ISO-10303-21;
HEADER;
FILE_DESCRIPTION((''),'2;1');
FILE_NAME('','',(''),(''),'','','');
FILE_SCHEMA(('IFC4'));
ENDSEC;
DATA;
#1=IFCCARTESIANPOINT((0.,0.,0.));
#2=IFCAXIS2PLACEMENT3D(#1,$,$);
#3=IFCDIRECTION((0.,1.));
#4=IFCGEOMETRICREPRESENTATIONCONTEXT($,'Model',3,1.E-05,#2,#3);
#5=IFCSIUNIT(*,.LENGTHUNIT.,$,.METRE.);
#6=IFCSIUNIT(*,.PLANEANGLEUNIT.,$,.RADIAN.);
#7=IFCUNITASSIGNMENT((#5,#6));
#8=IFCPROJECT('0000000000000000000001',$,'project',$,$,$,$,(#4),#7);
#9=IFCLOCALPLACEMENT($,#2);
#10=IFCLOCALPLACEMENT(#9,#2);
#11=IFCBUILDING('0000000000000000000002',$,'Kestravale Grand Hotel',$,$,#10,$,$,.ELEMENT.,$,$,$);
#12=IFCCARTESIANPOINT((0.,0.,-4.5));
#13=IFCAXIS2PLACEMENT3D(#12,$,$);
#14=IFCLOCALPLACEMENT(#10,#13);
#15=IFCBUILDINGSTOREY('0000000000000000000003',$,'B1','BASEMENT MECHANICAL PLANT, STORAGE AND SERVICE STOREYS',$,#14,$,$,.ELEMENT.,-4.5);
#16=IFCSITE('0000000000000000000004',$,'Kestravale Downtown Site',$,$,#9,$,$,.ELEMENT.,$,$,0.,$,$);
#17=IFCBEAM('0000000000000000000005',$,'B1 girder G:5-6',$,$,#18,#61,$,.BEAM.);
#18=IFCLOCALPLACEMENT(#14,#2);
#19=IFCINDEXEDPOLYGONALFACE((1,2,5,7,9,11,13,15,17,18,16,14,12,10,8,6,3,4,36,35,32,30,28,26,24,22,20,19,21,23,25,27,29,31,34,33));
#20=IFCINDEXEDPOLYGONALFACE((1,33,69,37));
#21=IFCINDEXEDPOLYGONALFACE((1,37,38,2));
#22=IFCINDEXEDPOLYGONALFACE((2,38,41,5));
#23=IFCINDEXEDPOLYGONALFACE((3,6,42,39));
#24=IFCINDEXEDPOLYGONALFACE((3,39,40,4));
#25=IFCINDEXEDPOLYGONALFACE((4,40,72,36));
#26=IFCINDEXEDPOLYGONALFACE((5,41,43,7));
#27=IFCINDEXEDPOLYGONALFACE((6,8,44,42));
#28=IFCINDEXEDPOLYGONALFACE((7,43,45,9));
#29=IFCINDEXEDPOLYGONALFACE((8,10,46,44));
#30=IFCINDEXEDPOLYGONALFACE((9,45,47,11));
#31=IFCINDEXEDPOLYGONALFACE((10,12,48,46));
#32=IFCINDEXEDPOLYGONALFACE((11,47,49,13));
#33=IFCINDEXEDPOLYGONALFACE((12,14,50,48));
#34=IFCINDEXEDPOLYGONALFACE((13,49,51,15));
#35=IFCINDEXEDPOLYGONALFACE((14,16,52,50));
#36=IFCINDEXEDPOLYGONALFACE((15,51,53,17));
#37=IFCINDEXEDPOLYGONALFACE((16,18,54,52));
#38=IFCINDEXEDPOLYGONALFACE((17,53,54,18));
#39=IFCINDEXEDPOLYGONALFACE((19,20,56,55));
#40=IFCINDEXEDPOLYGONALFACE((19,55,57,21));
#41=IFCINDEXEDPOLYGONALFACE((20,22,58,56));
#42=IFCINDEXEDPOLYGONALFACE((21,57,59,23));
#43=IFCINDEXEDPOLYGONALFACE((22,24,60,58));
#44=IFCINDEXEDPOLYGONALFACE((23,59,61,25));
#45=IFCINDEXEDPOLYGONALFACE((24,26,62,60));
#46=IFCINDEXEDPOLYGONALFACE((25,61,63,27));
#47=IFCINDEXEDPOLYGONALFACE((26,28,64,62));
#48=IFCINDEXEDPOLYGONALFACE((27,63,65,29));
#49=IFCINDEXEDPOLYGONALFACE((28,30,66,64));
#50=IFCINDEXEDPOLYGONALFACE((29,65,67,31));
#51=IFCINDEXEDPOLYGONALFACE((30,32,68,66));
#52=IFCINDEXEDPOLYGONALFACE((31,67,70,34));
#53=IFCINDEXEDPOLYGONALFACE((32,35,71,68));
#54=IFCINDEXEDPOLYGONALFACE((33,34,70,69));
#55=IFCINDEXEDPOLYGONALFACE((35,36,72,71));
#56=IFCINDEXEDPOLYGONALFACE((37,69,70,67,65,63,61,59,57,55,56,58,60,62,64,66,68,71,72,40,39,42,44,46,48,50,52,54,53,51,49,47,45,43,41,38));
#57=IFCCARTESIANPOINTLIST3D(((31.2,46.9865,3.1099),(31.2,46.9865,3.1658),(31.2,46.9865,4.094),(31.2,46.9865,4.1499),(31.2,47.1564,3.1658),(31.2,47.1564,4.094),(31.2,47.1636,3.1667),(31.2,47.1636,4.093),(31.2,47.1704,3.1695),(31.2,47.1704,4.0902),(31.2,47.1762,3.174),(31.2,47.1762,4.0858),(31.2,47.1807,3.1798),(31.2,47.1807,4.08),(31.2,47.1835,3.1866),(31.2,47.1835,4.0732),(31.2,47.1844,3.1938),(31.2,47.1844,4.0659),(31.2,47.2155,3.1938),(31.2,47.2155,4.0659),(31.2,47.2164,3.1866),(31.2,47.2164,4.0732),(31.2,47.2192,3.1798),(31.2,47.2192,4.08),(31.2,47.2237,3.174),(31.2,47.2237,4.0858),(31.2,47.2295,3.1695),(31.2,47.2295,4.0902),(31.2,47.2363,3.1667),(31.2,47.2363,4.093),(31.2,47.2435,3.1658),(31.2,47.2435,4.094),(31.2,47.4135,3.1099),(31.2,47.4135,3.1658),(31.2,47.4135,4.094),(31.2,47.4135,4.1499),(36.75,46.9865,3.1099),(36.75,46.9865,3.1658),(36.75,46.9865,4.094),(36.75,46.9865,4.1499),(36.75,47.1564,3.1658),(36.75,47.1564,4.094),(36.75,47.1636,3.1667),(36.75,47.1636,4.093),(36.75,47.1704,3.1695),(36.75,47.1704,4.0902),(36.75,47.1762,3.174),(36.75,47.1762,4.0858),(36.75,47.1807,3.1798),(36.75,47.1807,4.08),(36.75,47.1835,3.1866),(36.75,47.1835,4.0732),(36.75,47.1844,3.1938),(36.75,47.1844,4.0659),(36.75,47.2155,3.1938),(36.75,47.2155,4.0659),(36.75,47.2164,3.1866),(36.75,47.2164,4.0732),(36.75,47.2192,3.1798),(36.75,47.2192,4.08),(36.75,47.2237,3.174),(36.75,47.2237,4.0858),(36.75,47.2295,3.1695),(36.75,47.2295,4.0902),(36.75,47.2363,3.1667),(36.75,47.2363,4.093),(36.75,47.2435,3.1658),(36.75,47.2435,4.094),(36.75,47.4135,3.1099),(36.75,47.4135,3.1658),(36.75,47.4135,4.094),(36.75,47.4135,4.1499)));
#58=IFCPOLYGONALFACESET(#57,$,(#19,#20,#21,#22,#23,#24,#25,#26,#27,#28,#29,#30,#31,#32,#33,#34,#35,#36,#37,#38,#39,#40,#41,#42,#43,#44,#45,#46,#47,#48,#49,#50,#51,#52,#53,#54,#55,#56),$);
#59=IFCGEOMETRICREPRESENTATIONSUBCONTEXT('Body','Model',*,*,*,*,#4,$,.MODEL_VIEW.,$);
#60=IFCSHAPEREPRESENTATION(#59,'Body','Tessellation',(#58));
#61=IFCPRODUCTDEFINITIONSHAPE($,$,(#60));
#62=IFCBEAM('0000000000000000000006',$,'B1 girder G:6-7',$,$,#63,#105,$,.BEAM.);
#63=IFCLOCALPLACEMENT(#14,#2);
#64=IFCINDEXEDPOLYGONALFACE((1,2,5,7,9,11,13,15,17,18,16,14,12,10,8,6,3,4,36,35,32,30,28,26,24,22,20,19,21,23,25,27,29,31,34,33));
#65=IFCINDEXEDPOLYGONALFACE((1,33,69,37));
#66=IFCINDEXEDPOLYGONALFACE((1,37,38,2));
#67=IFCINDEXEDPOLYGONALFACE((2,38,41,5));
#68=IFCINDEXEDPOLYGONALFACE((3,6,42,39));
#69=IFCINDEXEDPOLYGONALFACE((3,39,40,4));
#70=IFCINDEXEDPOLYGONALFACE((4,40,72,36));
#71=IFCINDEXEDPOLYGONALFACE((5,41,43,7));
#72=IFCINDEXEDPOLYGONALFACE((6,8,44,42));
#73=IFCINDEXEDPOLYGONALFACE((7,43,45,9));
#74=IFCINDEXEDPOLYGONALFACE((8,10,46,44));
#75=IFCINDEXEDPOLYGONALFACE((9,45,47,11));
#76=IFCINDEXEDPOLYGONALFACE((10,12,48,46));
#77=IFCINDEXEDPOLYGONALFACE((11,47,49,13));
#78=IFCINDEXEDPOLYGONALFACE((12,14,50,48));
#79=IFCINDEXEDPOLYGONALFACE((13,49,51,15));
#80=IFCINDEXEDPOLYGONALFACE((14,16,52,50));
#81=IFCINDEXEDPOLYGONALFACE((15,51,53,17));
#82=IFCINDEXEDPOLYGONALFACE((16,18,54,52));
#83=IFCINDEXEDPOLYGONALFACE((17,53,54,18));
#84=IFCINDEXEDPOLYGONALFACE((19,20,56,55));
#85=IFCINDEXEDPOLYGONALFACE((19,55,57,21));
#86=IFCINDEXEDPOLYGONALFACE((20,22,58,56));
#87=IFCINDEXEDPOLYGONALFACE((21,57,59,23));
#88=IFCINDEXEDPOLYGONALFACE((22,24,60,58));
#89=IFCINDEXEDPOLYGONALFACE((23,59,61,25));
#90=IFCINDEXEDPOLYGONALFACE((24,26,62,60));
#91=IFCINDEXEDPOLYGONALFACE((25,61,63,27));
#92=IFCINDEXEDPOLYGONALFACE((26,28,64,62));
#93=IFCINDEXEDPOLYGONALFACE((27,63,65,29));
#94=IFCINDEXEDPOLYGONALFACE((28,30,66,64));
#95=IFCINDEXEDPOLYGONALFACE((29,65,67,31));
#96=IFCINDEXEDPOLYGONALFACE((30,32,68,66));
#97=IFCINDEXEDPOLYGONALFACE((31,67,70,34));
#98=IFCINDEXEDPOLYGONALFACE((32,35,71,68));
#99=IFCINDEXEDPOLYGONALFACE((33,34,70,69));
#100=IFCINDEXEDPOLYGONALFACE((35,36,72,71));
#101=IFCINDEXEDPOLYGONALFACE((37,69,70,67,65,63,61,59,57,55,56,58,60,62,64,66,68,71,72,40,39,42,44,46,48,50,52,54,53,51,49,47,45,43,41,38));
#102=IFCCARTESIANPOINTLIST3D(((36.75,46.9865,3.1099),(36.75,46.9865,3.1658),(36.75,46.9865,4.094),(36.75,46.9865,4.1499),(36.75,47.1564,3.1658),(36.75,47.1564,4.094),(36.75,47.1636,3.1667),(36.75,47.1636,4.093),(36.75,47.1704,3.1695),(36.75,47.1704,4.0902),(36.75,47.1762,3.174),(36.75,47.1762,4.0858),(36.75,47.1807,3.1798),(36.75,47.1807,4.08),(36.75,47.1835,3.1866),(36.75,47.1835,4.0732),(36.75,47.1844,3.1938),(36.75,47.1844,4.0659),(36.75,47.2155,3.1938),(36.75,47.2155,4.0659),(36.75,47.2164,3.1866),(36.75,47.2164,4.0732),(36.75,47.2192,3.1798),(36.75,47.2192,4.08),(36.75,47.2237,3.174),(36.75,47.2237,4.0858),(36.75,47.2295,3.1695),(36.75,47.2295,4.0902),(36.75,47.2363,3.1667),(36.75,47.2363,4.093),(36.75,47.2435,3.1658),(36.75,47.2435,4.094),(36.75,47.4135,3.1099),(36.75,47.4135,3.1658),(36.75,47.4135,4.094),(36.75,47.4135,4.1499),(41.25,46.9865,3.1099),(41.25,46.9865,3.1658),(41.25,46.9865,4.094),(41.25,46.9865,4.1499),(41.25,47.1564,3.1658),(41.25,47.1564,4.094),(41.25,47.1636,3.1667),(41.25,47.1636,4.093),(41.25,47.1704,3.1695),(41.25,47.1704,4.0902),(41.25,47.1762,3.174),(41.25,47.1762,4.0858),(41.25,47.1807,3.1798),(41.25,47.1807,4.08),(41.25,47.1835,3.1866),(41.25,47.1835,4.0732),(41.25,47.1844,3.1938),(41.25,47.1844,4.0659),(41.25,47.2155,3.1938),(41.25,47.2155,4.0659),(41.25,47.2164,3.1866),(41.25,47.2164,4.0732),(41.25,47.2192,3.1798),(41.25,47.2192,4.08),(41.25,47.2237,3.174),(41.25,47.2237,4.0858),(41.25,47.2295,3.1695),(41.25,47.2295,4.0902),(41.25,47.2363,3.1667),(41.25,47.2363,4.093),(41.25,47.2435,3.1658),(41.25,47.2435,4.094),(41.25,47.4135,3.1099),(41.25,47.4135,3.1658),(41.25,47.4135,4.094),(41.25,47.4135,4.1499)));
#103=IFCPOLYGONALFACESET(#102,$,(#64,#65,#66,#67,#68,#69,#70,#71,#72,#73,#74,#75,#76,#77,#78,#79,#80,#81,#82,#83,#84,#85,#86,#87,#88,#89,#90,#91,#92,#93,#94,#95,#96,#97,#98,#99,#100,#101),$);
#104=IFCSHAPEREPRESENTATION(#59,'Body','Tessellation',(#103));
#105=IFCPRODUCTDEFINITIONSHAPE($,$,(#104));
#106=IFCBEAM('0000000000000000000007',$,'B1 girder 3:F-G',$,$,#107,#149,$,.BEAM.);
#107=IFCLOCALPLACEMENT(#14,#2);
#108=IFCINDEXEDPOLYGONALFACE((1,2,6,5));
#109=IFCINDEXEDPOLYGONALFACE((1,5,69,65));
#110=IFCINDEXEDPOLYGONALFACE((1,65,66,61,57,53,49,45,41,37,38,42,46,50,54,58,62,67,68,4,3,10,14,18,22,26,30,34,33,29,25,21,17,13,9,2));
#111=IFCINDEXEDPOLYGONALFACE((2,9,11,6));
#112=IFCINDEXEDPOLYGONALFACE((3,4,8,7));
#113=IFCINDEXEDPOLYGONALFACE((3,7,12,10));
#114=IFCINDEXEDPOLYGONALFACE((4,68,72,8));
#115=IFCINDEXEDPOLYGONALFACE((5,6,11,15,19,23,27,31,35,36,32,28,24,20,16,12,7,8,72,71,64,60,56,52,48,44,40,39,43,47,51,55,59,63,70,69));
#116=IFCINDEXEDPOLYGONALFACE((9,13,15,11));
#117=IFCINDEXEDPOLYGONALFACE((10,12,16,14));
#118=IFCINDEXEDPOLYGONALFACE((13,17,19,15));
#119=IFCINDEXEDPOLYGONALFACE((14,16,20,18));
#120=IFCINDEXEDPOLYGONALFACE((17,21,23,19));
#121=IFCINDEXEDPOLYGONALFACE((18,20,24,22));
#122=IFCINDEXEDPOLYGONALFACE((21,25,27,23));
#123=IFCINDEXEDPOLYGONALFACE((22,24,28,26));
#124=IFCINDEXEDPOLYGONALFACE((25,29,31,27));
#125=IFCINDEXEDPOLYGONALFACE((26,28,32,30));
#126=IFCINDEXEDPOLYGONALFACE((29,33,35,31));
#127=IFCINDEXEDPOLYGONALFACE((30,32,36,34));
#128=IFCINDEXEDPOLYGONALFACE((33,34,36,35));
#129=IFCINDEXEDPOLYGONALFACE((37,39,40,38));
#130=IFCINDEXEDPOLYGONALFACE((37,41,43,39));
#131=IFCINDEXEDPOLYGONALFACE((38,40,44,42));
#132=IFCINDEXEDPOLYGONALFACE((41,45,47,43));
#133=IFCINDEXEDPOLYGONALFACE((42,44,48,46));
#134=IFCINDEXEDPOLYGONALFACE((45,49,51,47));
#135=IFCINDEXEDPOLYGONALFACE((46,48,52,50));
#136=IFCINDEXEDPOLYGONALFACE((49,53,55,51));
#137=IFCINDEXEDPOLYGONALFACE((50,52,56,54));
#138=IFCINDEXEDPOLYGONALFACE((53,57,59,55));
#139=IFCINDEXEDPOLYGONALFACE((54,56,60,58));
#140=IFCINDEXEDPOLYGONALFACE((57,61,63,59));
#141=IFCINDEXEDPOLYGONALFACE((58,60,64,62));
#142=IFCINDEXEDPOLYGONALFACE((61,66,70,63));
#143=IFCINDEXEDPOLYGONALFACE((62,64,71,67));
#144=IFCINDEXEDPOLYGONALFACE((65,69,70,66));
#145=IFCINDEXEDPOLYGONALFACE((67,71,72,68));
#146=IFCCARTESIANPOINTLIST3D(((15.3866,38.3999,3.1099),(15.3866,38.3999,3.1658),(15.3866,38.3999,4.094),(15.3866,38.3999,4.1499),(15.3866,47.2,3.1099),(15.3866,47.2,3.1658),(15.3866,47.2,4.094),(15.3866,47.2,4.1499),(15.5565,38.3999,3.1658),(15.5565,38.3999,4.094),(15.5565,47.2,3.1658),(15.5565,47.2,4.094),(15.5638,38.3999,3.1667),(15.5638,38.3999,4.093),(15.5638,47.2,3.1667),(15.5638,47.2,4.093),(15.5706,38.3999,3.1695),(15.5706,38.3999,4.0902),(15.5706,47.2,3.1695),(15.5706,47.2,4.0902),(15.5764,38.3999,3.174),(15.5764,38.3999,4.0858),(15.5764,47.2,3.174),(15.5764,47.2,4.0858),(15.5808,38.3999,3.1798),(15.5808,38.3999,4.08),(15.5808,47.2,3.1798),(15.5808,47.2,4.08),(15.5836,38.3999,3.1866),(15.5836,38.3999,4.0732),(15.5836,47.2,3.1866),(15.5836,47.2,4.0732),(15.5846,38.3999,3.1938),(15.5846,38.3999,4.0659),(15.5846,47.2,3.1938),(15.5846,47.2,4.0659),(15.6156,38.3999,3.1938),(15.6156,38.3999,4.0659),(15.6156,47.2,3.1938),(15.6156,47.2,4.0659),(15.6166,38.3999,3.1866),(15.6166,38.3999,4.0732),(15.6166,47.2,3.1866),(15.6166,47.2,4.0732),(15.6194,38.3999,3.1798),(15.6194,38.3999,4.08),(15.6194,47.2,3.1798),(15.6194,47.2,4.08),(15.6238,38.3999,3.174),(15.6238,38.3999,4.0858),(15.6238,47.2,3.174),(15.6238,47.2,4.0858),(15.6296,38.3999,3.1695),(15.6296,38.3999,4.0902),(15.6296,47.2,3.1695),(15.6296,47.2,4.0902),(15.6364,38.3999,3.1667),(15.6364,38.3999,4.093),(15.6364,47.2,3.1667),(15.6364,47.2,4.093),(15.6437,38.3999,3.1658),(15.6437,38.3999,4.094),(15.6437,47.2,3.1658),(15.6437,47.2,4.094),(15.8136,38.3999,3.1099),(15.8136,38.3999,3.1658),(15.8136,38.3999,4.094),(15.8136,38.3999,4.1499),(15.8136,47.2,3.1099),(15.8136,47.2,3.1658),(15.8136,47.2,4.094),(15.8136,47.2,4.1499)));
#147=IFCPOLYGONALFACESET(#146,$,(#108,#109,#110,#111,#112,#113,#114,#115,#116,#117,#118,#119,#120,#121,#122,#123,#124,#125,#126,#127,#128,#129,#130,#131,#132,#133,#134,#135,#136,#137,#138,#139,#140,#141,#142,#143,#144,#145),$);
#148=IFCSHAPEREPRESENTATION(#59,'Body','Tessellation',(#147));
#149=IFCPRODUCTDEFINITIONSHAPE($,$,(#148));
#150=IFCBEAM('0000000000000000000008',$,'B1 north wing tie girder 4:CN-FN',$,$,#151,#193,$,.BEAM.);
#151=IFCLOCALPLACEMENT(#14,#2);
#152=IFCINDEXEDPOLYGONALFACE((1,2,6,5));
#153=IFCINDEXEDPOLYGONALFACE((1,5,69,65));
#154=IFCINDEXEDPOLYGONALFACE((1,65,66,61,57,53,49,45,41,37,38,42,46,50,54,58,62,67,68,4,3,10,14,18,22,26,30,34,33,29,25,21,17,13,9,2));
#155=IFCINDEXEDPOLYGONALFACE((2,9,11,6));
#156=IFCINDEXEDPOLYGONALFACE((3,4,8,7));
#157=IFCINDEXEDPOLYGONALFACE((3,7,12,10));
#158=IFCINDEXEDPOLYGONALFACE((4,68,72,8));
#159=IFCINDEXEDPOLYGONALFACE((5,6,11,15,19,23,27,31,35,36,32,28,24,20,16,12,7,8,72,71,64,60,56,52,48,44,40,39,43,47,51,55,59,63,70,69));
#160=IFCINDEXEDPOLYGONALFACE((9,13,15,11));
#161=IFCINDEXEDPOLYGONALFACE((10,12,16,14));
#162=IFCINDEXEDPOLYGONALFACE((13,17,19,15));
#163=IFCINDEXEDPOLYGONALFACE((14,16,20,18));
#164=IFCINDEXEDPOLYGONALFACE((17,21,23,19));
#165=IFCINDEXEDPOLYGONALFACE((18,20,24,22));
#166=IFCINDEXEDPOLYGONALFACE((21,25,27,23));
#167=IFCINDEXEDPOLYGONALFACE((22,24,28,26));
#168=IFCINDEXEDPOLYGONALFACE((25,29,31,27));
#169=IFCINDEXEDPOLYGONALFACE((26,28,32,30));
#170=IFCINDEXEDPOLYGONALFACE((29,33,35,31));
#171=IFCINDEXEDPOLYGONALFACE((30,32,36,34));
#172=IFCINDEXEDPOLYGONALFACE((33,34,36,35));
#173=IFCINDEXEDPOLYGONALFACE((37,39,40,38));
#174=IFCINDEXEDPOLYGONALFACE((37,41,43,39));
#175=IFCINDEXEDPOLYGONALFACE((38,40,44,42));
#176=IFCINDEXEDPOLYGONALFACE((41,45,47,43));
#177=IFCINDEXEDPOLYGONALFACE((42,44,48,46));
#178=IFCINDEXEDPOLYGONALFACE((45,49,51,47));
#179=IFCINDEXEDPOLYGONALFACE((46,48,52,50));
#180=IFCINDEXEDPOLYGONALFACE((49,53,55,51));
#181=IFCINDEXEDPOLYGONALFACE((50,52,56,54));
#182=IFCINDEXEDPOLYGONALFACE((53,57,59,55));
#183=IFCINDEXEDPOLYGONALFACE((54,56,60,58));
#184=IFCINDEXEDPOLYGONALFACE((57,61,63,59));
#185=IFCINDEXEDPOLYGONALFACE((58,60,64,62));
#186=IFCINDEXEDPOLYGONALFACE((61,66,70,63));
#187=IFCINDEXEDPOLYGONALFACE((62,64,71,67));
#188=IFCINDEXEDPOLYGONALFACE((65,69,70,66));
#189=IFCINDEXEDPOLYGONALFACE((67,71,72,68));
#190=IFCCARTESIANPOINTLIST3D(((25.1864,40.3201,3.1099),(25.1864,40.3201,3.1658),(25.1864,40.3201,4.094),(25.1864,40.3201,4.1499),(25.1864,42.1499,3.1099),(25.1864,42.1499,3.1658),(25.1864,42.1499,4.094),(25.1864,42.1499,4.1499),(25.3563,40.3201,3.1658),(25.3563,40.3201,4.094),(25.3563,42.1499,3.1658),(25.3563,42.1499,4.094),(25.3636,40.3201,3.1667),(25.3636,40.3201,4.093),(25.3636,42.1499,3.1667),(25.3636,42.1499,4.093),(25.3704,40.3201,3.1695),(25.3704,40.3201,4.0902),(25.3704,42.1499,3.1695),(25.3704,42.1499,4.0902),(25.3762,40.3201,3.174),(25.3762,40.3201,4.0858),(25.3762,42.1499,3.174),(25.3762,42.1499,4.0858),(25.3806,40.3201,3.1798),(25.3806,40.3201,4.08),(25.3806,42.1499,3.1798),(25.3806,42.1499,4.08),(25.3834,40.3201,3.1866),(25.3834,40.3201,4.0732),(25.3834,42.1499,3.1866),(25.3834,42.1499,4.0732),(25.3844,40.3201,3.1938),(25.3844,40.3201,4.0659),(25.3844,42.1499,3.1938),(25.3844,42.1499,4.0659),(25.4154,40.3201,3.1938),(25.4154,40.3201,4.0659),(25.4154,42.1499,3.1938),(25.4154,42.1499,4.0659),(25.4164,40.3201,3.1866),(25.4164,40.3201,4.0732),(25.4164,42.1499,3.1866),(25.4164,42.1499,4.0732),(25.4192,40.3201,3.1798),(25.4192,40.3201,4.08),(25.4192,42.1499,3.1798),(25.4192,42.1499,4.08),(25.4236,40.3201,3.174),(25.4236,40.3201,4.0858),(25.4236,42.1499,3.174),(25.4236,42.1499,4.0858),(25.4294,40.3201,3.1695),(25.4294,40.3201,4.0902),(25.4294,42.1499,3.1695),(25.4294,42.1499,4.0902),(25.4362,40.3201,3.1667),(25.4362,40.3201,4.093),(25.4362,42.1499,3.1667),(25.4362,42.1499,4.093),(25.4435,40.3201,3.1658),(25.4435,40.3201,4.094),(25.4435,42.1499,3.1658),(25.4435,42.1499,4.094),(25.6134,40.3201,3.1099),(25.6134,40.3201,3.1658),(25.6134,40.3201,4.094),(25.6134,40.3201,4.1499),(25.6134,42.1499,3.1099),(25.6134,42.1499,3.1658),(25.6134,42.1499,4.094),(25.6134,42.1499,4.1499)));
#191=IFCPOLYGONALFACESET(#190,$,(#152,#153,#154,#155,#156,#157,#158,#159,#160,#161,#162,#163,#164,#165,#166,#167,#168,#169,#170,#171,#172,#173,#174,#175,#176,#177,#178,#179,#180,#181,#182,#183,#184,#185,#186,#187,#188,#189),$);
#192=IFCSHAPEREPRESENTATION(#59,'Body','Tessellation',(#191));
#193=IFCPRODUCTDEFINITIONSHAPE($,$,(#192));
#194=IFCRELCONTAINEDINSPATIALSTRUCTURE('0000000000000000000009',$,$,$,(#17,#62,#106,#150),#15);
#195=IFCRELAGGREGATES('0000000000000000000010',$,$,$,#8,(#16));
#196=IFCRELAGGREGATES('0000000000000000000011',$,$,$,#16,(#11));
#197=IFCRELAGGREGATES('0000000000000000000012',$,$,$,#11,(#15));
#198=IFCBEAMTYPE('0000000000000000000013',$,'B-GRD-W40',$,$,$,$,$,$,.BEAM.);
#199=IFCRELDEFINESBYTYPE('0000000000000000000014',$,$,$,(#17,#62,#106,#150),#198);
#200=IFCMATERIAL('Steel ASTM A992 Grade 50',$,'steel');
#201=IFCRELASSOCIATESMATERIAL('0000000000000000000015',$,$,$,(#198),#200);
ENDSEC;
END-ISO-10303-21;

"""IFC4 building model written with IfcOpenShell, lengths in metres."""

from ifc_helpers import new_model, si_unit, direction, frame, origin, origin_2d, place, context, subcontext, project, spatial, i_section, extrude, material, material_profile, profile_set, type_object, element, save


model = new_model("IFC4")

# Units and contexts
model_context = context("Model", 3, precision=1e-05, world=origin(), true_north=direction((0.0, 1.0)))
body_context = subcontext(model_context, "Body", "Model", "MODEL_VIEW")
ifc_project = project(units=[si_unit("LENGTHUNIT", "METRE"), si_unit("PLANEANGLEUNIT", "RADIAN")], contexts=[model_context])

# Site, building, storey
site_placement = place(None, origin())
site = spatial("IfcSite", under=ifc_project, at=site_placement, Name="Kestravale Downtown Site", CompositionType="ELEMENT", RefElevation=0.0)
building_placement = place(site_placement, origin())
building = spatial("IfcBuilding", under=site, at=building_placement, Name="Kestravale Grand Hotel", CompositionType="ELEMENT")
storey_placement = place(building_placement, frame((0.0, 0.0, -4.5)))
storey = spatial("IfcBuildingStorey", under=building, at=storey_placement, Name="B1", Description="BASEMENT MECHANICAL PLANT, STORAGE AND SERVICE STOREYS", CompositionType="ELEMENT", Elevation=-4.5)

# Beams
ifc_material_1 = material(Name="Steel ASTM A992 Grade 50", Category="steel")
ifc_material_profile_1 = material_profile(ifc_material_1, i_section(OverallWidth=0.427, OverallDepth=1.04, WebThickness=0.031, FlangeThickness=0.0559, FilletRadius=0.0281, at=origin_2d()))
ifc_profile_set_1 = profile_set([ifc_material_profile_1], Name="Steel ASTM A992 Grade 50")
beam_type_1 = type_object("IfcBeamType", Name="B-GRD-W40", PredefinedType="BEAM", material=ifc_profile_set_1)
beam_1_placement = place(storey_placement, frame((31.2, 47.2, 3.6299), z_axis=(1.0, 0.0, 0.0), x_axis=(0.0, 1.0, 0.0)))
element("IfcBeam", 1, at=beam_1_placement, inside=storey, type_object=beam_type_1, Name="B1 girder G:5-6", PredefinedType="BEAM", context=body_context, shape_type="SweptSolid", body=[
    extrude(i_section(OverallWidth=0.427, OverallDepth=1.04, WebThickness=0.031, FlangeThickness=0.0559, FilletRadius=0.0281, at=origin_2d()), origin(), (0.0, 0.0, 1.0), 5.55),
])
beam_2_placement = place(storey_placement, frame((36.75, 47.2, 3.6299), z_axis=(1.0, 0.0, 0.0), x_axis=(0.0, 1.0, 0.0)))
element("IfcBeam", 2, at=beam_2_placement, inside=storey, type_object=beam_type_1, Name="B1 girder G:6-7", PredefinedType="BEAM", context=body_context, shape_type="SweptSolid", body=[
    extrude(i_section(OverallWidth=0.427, OverallDepth=1.04, WebThickness=0.031, FlangeThickness=0.0559, FilletRadius=0.0281, at=origin_2d()), origin(), (0.0, 0.0, 1.0), 4.5),
])
beam_3_placement = place(storey_placement, frame((15.6001, 38.3999, 3.6299), z_axis=(0.0, 1.0, 0.0), x_axis=(-1.0, 0.0, 0.0)))
element("IfcBeam", 3, at=beam_3_placement, inside=storey, type_object=beam_type_1, Name="B1 girder 3:F-G", PredefinedType="BEAM", context=body_context, shape_type="SweptSolid", body=[
    extrude(i_section(OverallWidth=0.427, OverallDepth=1.04, WebThickness=0.031, FlangeThickness=0.0559, FilletRadius=0.0281, at=origin_2d()), origin(), (0.0, 0.0, 1.0), 8.8),
])
for number, where, z_axis, x_axis, name in (
    (4, (25.3999, 40.3201, 3.6299), (0.0, 1.0, 0.0), (-1.0, 0.0, 0.0), "B1 north wing tie girder 4:CN-FN"),
):
    element("IfcBeam", number, at=place(storey_placement, frame(where, z_axis=z_axis, x_axis=x_axis)), inside=storey, type_object=beam_type_1, Name=name, PredefinedType="BEAM", context=body_context, shape_type="SweptSolid", body=[
        extrude(i_section(OverallWidth=0.427, OverallDepth=1.04, WebThickness=0.031, FlangeThickness=0.0559, FilletRadius=0.0281, at=origin_2d()), origin(), (0.0, 0.0, 1.0), 1.8298),
    ])

save(model, "model.ifc")
